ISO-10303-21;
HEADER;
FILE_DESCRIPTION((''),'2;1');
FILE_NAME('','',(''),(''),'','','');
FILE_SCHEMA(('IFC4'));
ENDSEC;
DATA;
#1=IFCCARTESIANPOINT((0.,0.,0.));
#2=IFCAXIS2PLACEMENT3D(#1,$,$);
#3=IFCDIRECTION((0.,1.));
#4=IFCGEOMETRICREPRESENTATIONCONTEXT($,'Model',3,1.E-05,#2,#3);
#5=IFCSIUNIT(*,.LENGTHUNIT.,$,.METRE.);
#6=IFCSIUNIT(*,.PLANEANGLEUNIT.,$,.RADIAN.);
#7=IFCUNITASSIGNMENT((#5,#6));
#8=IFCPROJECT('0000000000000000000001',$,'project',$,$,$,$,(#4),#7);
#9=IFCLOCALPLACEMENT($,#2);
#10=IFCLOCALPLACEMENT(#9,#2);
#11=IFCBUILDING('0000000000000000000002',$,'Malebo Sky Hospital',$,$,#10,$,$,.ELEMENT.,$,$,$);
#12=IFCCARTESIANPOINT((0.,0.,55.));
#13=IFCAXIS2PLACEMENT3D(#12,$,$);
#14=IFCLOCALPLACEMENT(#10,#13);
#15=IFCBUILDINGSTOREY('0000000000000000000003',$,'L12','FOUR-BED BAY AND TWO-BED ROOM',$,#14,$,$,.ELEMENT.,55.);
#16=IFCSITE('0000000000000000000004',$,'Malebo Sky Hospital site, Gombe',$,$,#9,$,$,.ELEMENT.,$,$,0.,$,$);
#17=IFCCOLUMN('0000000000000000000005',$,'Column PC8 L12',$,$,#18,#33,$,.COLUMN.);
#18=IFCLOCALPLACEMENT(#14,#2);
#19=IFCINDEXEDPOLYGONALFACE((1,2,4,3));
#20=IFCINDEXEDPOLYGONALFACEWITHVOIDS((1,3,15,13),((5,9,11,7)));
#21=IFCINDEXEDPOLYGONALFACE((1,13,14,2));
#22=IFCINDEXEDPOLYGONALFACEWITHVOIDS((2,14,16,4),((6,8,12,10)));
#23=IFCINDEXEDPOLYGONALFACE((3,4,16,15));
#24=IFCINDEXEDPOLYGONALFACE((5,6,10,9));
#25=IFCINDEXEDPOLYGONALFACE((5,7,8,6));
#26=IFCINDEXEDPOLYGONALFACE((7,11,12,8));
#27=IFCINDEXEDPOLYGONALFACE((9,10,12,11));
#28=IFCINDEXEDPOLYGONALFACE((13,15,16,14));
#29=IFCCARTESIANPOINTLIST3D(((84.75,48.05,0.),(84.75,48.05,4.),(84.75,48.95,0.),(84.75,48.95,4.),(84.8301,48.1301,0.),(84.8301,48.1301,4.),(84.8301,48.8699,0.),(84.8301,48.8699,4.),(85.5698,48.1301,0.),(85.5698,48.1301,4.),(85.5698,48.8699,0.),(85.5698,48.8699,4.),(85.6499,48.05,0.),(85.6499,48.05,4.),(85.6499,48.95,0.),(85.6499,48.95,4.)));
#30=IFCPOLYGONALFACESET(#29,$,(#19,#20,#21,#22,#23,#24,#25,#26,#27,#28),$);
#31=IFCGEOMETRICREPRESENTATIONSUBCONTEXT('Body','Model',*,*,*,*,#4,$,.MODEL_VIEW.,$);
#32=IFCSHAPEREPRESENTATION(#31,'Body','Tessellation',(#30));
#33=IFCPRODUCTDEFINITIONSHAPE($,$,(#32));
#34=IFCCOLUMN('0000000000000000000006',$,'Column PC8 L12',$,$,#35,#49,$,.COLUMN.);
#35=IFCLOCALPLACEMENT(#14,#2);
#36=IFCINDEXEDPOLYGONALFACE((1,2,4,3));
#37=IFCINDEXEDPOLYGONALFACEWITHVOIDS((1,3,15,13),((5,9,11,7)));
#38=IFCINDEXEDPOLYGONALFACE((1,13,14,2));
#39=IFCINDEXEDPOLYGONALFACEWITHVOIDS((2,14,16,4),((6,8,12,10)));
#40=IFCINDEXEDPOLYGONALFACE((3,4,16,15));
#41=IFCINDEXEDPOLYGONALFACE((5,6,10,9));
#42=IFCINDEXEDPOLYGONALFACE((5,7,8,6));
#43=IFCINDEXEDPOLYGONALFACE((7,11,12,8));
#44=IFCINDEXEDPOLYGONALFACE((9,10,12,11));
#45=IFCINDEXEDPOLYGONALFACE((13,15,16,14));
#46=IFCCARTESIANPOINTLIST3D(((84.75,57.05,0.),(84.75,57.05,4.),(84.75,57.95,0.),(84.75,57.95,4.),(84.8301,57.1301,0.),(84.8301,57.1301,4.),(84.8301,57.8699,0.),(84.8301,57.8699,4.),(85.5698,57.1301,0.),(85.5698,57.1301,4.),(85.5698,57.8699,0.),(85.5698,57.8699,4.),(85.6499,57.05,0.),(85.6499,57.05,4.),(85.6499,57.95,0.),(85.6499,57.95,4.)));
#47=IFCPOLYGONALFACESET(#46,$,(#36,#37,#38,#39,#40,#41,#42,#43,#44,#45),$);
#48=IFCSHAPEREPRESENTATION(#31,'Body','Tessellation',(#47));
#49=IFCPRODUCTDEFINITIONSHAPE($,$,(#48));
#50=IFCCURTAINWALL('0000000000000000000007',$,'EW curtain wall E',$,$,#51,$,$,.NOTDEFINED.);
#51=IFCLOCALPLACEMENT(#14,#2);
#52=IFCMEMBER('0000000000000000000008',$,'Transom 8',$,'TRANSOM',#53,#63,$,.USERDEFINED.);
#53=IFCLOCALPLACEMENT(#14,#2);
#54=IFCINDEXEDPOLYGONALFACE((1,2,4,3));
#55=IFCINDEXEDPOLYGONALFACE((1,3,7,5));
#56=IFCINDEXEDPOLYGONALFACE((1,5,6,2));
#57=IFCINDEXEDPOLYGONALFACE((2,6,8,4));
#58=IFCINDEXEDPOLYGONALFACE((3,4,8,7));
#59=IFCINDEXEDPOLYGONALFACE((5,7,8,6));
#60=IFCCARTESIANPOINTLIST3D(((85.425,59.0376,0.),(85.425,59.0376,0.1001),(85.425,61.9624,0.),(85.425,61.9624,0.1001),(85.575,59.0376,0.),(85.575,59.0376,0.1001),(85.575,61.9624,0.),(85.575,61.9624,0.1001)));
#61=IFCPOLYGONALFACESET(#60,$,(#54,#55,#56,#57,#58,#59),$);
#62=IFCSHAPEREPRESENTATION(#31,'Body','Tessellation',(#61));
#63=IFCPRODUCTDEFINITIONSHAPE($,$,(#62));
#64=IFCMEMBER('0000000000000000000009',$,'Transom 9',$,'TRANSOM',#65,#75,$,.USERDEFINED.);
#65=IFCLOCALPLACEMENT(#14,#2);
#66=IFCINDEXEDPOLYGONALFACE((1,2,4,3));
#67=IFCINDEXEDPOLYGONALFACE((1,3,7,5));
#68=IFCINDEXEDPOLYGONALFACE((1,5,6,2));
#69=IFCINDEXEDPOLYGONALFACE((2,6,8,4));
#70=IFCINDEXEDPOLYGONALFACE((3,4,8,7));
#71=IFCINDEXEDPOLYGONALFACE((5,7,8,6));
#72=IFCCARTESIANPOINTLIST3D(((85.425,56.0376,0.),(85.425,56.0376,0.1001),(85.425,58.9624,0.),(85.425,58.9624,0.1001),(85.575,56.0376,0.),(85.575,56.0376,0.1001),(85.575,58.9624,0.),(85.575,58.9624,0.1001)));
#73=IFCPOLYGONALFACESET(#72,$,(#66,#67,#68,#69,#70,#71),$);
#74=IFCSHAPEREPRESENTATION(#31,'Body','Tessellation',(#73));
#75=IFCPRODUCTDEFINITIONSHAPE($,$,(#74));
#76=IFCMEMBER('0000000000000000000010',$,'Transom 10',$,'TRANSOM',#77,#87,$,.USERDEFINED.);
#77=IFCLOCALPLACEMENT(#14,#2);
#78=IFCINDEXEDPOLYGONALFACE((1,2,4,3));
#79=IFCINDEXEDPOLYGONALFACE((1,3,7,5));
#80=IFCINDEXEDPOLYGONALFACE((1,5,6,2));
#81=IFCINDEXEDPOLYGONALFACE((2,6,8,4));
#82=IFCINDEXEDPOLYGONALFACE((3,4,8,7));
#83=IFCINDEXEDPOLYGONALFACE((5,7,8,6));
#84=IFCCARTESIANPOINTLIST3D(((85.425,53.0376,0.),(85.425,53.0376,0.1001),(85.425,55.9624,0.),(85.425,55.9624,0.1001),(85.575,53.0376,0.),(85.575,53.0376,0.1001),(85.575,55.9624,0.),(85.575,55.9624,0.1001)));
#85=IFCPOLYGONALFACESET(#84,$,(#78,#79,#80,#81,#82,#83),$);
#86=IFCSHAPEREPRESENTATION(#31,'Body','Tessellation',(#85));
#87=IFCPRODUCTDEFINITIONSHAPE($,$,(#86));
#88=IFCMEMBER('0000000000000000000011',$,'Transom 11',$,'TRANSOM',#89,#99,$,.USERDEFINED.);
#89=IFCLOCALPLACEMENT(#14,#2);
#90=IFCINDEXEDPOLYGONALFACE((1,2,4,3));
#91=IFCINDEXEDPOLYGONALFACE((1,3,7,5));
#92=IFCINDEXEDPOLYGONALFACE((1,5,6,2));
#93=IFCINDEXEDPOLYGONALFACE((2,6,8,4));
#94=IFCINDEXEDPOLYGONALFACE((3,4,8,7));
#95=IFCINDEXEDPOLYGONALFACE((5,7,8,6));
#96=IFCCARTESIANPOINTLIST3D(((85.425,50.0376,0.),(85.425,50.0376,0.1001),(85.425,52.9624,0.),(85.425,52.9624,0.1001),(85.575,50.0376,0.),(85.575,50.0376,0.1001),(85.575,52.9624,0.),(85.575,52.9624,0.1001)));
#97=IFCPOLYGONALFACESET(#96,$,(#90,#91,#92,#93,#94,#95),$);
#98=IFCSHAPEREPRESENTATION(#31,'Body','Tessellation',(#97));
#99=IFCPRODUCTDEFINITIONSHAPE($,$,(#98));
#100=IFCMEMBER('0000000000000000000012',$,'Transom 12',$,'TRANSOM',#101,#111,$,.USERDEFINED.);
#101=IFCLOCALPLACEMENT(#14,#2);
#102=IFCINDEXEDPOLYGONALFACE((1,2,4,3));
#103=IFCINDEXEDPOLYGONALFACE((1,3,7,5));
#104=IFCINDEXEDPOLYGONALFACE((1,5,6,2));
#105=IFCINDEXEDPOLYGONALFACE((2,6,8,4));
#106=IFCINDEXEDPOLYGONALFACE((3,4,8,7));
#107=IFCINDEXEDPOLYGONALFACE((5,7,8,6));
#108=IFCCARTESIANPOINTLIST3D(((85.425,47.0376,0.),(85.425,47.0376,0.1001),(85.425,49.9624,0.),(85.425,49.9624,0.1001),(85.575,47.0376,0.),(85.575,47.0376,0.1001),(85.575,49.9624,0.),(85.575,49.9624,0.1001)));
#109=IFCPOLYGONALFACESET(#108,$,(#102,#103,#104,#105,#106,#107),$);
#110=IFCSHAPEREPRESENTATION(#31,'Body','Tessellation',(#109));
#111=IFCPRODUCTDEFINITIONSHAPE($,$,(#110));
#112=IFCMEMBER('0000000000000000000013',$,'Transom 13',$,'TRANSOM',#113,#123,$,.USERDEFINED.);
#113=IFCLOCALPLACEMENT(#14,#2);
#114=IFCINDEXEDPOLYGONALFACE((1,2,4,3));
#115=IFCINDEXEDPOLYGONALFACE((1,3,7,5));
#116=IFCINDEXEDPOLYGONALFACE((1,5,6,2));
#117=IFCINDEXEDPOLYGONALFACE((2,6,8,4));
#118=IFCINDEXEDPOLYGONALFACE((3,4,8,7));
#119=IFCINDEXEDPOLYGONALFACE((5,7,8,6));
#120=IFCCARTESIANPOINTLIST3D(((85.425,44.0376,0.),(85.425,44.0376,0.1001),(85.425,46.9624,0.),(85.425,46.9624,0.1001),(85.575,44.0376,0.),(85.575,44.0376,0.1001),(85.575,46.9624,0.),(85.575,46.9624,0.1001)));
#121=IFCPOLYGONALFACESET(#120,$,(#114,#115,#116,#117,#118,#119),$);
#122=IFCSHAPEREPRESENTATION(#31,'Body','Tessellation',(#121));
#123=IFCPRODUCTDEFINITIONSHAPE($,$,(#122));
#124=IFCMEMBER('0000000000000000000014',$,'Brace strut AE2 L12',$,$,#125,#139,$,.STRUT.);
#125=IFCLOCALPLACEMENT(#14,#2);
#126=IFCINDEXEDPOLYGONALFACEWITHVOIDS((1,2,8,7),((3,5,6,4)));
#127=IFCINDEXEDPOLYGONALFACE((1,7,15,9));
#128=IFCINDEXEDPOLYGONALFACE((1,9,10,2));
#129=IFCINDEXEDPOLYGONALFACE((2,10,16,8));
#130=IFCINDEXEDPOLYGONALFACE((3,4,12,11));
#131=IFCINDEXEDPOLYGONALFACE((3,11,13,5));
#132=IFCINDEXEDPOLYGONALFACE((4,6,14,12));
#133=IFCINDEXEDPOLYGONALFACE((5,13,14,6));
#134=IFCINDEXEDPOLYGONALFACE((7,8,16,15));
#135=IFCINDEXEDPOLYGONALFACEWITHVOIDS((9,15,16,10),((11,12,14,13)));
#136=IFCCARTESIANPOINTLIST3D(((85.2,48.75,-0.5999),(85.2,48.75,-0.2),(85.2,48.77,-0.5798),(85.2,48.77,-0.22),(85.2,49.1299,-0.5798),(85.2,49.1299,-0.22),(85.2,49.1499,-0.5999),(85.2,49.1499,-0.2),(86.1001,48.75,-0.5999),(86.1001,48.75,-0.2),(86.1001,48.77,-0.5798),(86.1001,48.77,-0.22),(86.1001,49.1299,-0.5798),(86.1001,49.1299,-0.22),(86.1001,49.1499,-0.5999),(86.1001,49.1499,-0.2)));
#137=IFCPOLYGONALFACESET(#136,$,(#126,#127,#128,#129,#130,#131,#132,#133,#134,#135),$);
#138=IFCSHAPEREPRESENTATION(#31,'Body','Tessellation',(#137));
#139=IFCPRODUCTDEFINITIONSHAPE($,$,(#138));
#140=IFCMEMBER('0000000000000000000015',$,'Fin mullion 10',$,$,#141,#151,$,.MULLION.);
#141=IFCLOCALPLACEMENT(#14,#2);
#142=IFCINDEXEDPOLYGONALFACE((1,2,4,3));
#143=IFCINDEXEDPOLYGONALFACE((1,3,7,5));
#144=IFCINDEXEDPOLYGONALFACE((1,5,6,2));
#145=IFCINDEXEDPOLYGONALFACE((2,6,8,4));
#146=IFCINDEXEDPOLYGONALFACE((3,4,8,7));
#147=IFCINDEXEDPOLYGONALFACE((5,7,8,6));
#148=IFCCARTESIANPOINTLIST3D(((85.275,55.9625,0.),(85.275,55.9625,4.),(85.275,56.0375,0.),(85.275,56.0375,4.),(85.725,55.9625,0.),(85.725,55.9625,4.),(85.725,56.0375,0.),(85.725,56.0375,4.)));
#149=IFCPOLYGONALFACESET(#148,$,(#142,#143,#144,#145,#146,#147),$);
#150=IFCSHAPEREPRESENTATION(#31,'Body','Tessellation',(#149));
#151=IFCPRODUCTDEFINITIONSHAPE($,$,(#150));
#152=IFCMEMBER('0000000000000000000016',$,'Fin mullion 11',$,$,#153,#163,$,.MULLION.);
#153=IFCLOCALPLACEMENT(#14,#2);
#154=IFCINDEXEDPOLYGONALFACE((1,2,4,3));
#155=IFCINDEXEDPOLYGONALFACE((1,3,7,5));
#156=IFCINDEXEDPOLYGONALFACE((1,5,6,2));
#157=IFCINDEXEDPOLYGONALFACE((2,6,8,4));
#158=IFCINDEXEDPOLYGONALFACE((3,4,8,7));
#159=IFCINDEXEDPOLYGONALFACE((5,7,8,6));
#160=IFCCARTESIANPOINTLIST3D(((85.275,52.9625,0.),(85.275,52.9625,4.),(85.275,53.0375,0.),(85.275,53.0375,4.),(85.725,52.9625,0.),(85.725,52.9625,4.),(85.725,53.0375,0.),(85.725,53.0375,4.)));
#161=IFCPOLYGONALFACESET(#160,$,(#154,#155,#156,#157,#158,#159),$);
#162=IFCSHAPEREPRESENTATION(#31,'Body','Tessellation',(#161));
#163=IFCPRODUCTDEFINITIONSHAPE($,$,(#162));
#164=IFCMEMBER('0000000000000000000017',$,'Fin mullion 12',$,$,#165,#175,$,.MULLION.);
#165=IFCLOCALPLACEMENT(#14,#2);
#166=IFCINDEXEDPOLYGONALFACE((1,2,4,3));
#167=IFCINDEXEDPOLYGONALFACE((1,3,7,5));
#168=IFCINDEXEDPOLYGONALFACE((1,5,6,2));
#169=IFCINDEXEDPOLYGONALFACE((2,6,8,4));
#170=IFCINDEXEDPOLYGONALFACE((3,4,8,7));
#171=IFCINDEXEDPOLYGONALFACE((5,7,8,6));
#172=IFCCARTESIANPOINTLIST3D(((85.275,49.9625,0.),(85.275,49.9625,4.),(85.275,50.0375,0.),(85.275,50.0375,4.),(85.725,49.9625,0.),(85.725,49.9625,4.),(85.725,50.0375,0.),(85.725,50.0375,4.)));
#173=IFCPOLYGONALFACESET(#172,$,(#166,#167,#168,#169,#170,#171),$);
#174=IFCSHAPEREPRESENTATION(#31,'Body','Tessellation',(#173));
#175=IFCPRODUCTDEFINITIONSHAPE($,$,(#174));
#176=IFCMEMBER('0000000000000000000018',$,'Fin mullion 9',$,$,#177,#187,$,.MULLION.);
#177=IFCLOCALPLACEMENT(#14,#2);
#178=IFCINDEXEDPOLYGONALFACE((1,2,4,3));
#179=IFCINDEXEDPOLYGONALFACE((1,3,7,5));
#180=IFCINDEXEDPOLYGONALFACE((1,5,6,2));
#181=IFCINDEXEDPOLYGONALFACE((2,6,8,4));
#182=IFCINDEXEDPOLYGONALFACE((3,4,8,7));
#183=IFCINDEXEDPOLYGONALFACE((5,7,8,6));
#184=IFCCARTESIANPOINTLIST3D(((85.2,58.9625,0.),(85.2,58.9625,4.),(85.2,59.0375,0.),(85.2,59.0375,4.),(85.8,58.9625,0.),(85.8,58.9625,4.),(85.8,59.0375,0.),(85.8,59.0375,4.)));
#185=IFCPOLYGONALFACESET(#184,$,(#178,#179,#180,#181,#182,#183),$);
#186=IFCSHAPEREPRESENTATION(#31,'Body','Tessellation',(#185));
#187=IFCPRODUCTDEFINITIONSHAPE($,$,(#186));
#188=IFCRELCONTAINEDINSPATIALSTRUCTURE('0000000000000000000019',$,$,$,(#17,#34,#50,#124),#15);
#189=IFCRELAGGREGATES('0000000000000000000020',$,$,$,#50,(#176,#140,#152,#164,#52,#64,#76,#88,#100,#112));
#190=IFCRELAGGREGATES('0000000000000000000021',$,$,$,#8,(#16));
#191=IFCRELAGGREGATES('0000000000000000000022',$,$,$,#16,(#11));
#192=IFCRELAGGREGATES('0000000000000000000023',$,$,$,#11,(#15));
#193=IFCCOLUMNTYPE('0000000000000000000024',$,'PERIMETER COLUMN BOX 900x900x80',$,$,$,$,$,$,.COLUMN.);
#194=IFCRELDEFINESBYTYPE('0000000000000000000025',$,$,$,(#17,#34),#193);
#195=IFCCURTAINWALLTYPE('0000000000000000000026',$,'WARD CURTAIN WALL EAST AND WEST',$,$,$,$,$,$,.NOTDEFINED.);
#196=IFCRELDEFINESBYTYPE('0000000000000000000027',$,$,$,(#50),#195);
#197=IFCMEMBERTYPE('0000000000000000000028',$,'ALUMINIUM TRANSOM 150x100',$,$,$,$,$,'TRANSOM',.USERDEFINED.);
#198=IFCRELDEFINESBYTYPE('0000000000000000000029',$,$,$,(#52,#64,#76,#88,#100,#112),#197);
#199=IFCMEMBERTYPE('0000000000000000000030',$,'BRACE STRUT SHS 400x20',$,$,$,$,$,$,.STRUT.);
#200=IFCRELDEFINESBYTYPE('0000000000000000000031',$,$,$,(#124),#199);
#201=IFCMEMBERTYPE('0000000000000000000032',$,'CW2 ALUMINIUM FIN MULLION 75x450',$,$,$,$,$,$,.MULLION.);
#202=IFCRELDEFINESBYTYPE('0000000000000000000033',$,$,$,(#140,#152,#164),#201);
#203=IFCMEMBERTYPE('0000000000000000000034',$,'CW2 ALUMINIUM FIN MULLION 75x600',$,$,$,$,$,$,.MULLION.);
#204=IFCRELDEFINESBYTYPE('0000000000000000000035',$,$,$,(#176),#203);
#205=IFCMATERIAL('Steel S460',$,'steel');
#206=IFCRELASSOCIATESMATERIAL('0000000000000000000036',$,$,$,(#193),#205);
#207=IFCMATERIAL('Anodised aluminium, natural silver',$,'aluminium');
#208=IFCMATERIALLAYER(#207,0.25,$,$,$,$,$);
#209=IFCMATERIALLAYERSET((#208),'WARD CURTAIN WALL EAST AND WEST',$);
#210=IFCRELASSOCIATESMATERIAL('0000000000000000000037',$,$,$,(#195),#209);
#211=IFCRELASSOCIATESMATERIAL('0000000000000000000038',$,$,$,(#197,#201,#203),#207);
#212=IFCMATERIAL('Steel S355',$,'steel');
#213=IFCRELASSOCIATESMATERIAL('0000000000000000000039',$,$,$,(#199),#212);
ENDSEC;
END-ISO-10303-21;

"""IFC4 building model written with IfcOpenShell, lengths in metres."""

from ifc_helpers import new_model, si_unit, direction, frame, origin, origin_2d, place, context, subcontext, project, spatial, rectangle, hollow_rectangle, extrude, material, layer, layer_set, material_profile, profile_set, type_object, element, aggregate, save


model = new_model("IFC4")

# Units and contexts
model_context = context("Model", 3, precision=1e-05, world=origin(), true_north=direction((0.0, 1.0)))
body_context = subcontext(model_context, "Body", "Model", "MODEL_VIEW")
ifc_project = project(units=[si_unit("LENGTHUNIT", "METRE"), si_unit("PLANEANGLEUNIT", "RADIAN")], contexts=[model_context])

# Site, building, storey
site_placement = place(None, origin())
site = spatial("IfcSite", under=ifc_project, at=site_placement, Name="Malebo Sky Hospital site, Gombe", CompositionType="ELEMENT", RefElevation=0.0)
building_placement = place(site_placement, origin())
building = spatial("IfcBuilding", under=site, at=building_placement, Name="Malebo Sky Hospital", CompositionType="ELEMENT")
storey_placement = place(building_placement, frame((0.0, 0.0, 55.0)))
storey = spatial("IfcBuildingStorey", under=building, at=storey_placement, Name="L12", Description="FOUR-BED BAY AND TWO-BED ROOM", CompositionType="ELEMENT", Elevation=55.0)

# Columns
ifc_material_1 = material(Name="Steel S460", Category="steel")
ifc_material_profile_1 = material_profile(ifc_material_1, hollow_rectangle(XDim=0.8999, YDim=0.8999, WallThickness=0.0801, at=origin_2d()), Name="BOX 900x900x80")
ifc_profile_set_1 = profile_set([ifc_material_profile_1], Name="Steel S460")
column_type = type_object("IfcColumnType", Name="PERIMETER COLUMN BOX 900x900x80", PredefinedType="COLUMN", material=ifc_profile_set_1)
for number, where, z_axis, x_axis, name in (
    (1, (85.2, 48.5, 0.0), (0.0, 0.0, 1.0), (1.0, 0.0, 0.0), "Column PC8 L12"),
    (2, (85.2, 57.5, 0.0), (0.0, 0.0, 1.0), (1.0, 0.0, 0.0), "Column PC8 L12"),
):
    element("IfcColumn", number, at=place(storey_placement, frame(where, z_axis=z_axis, x_axis=x_axis)), inside=storey, type_object=column_type, Name=name, PredefinedType="COLUMN", context=body_context, shape_type="SweptSolid", body=[
        extrude(hollow_rectangle(XDim=0.8999, YDim=0.8999, WallThickness=0.0801, at=origin_2d()), origin(), (0.0, 0.0, 1.0), 4.0),
    ])

# Curtain wall, members
ifc_material_2 = material(Name="Anodised aluminium, natural silver", Category="aluminium")
ifc_layer_1 = layer(ifc_material_2, 0.25)
ifc_layer_set_1 = layer_set([ifc_layer_1], Name="WARD CURTAIN WALL EAST AND WEST")
curtain_wall_type = type_object("IfcCurtainWallType", Name="WARD CURTAIN WALL EAST AND WEST", PredefinedType="NOTDEFINED", material=ifc_layer_set_1)
curtain_wall_placement = place(storey_placement, origin())
curtain_wall = element("IfcCurtainWall", 3, at=curtain_wall_placement, inside=storey, type_object=curtain_wall_type, Name="EW curtain wall E", PredefinedType="NOTDEFINED")
ifc_material_profile_2 = material_profile(ifc_material_2, rectangle(XDim=0.1499, YDim=0.1001, at=origin_2d()), Name="ALUMINIUM TRANSOM 150x100")
ifc_profile_set_2 = profile_set([ifc_material_profile_2], Name="Anodised aluminium, natural silver")
member_type_1 = type_object("IfcMemberType", Name="ALUMINIUM TRANSOM 150x100", ElementType="TRANSOM", PredefinedType="USERDEFINED", material=ifc_profile_set_2)
member_1_placement = place(storey_placement, frame((85.5, 61.9624, 0.05), z_axis=(0.0, -1.0, 0.0), x_axis=(1.0, 0.0, 0.0)))
member_1 = element("IfcMember", 4, at=member_1_placement, type_object=member_type_1, Name="Transom 8", ObjectType="TRANSOM", PredefinedType="USERDEFINED", context=body_context, shape_type="SweptSolid", body=[
    extrude(rectangle(XDim=0.1499, YDim=0.1001, at=origin_2d()), origin(), (0.0, 0.0, 1.0), 2.9248),
])
member_2_placement = place(storey_placement, frame((85.5, 58.9624, 0.05), z_axis=(0.0, -1.0, 0.0), x_axis=(1.0, 0.0, 0.0)))
member_2 = element("IfcMember", 5, at=member_2_placement, type_object=member_type_1, Name="Transom 9", ObjectType="TRANSOM", PredefinedType="USERDEFINED", context=body_context, shape_type="SweptSolid", body=[
    extrude(rectangle(XDim=0.1499, YDim=0.1001, at=origin_2d()), origin(), (0.0, 0.0, 1.0), 2.9248),
])
member_3_placement = place(storey_placement, frame((85.5, 55.9624, 0.05), z_axis=(0.0, -1.0, 0.0), x_axis=(1.0, 0.0, 0.0)))
member_3 = element("IfcMember", 6, at=member_3_placement, type_object=member_type_1, Name="Transom 10", ObjectType="TRANSOM", PredefinedType="USERDEFINED", context=body_context, shape_type="SweptSolid", body=[
    extrude(rectangle(XDim=0.1499, YDim=0.1001, at=origin_2d()), origin(), (0.0, 0.0, 1.0), 2.9248),
])
member_4_placement = place(storey_placement, frame((85.5, 52.9624, 0.05), z_axis=(0.0, -1.0, 0.0), x_axis=(1.0, 0.0, 0.0)))
member_4 = element("IfcMember", 7, at=member_4_placement, type_object=member_type_1, Name="Transom 11", ObjectType="TRANSOM", PredefinedType="USERDEFINED", context=body_context, shape_type="SweptSolid", body=[
    extrude(rectangle(XDim=0.1499, YDim=0.1001, at=origin_2d()), origin(), (0.0, 0.0, 1.0), 2.9248),
])
member_5_placement = place(storey_placement, frame((85.5, 49.9624, 0.05), z_axis=(0.0, -1.0, 0.0), x_axis=(1.0, 0.0, 0.0)))
member_5 = element("IfcMember", 8, at=member_5_placement, type_object=member_type_1, Name="Transom 12", ObjectType="TRANSOM", PredefinedType="USERDEFINED", context=body_context, shape_type="SweptSolid", body=[
    extrude(rectangle(XDim=0.1499, YDim=0.1001, at=origin_2d()), origin(), (0.0, 0.0, 1.0), 2.9248),
])
member_6_placement = place(storey_placement, frame((85.5, 46.9624, 0.05), z_axis=(0.0, -1.0, 0.0), x_axis=(1.0, 0.0, 0.0)))
member_6 = element("IfcMember", 9, at=member_6_placement, type_object=member_type_1, Name="Transom 13", ObjectType="TRANSOM", PredefinedType="USERDEFINED", context=body_context, shape_type="SweptSolid", body=[
    extrude(rectangle(XDim=0.1499, YDim=0.1001, at=origin_2d()), origin(), (0.0, 0.0, 1.0), 2.9248),
])

# Members
ifc_material_3 = material(Name="Steel S355", Category="steel")
ifc_material_profile_3 = material_profile(ifc_material_3, hollow_rectangle(XDim=0.3999, YDim=0.3999, WallThickness=0.02, at=origin_2d()), Name="SHS 400x20")
ifc_profile_set_3 = profile_set([ifc_material_profile_3], Name="Steel S355")
member_type_2 = type_object("IfcMemberType", Name="BRACE STRUT SHS 400x20", PredefinedType="STRUT", material=ifc_profile_set_3)
member_7_placement = place(storey_placement, frame((86.1001, 48.95, -0.3999), z_axis=(-1.0, 0.0, 0.0), x_axis=(0.0, -1.0, 0.0)))
element("IfcMember", 10, at=member_7_placement, inside=storey, type_object=member_type_2, Name="Brace strut AE2 L12", PredefinedType="STRUT", context=body_context, shape_type="SweptSolid", body=[
    extrude(hollow_rectangle(XDim=0.3999, YDim=0.3999, WallThickness=0.02, at=origin_2d()), origin(), (0.0, 0.0, 1.0), 0.9001),
])
ifc_material_profile_4 = material_profile(ifc_material_2, rectangle(XDim=0.075, YDim=0.45, at=origin_2d()), Name="CW2 ALUMINIUM FIN MULLION 75x450")
ifc_profile_set_4 = profile_set([ifc_material_profile_4], Name="Anodised aluminium, natural silver")
member_type_3 = type_object("IfcMemberType", Name="CW2 ALUMINIUM FIN MULLION 75x450", PredefinedType="MULLION", material=ifc_profile_set_4)
member_8_placement = place(storey_placement, frame((85.5, 56.0, 0.0), z_axis=(0.0, 0.0, 1.0), x_axis=(0.0, -1.0, 0.0)))
member_8 = element("IfcMember", 11, at=member_8_placement, type_object=member_type_3, Name="Fin mullion 10", PredefinedType="MULLION", context=body_context, shape_type="SweptSolid", body=[
    extrude(rectangle(XDim=0.075, YDim=0.45, at=origin_2d()), origin(), (0.0, 0.0, 1.0), 4.0),
])
member_9_placement = place(storey_placement, frame((85.5, 53.0, 0.0), z_axis=(0.0, 0.0, 1.0), x_axis=(0.0, -1.0, 0.0)))
member_9 = element("IfcMember", 12, at=member_9_placement, type_object=member_type_3, Name="Fin mullion 11", PredefinedType="MULLION", context=body_context, shape_type="SweptSolid", body=[
    extrude(rectangle(XDim=0.075, YDim=0.45, at=origin_2d()), origin(), (0.0, 0.0, 1.0), 4.0),
])
member_10_placement = place(storey_placement, frame((85.5, 50.0, 0.0), z_axis=(0.0, 0.0, 1.0), x_axis=(0.0, -1.0, 0.0)))
member_10 = element("IfcMember", 13, at=member_10_placement, type_object=member_type_3, Name="Fin mullion 12", PredefinedType="MULLION", context=body_context, shape_type="SweptSolid", body=[
    extrude(rectangle(XDim=0.075, YDim=0.45, at=origin_2d()), origin(), (0.0, 0.0, 1.0), 4.0),
])
ifc_material_profile_5 = material_profile(ifc_material_2, rectangle(XDim=0.075, YDim=0.6001, at=origin_2d()), Name="CW2 ALUMINIUM FIN MULLION 75x600")
ifc_profile_set_5 = profile_set([ifc_material_profile_5], Name="Anodised aluminium, natural silver")
member_type_4 = type_object("IfcMemberType", Name="CW2 ALUMINIUM FIN MULLION 75x600", PredefinedType="MULLION", material=ifc_profile_set_5)
member_11_placement = place(storey_placement, frame((85.5, 59.0, 0.0), z_axis=(0.0, 0.0, 1.0), x_axis=(0.0, -1.0, 0.0)))
member_11 = element("IfcMember", 14, at=member_11_placement, type_object=member_type_4, Name="Fin mullion 9", PredefinedType="MULLION", context=body_context, shape_type="SweptSolid", body=[
    extrude(rectangle(XDim=0.075, YDim=0.6001, at=origin_2d()), origin(), (0.0, 0.0, 1.0), 4.0),
])

aggregate(curtain_wall, [member_11, member_8, member_9, member_10, member_1, member_2, member_3, member_4, member_5, member_6])

save(model, "model.ifc")
